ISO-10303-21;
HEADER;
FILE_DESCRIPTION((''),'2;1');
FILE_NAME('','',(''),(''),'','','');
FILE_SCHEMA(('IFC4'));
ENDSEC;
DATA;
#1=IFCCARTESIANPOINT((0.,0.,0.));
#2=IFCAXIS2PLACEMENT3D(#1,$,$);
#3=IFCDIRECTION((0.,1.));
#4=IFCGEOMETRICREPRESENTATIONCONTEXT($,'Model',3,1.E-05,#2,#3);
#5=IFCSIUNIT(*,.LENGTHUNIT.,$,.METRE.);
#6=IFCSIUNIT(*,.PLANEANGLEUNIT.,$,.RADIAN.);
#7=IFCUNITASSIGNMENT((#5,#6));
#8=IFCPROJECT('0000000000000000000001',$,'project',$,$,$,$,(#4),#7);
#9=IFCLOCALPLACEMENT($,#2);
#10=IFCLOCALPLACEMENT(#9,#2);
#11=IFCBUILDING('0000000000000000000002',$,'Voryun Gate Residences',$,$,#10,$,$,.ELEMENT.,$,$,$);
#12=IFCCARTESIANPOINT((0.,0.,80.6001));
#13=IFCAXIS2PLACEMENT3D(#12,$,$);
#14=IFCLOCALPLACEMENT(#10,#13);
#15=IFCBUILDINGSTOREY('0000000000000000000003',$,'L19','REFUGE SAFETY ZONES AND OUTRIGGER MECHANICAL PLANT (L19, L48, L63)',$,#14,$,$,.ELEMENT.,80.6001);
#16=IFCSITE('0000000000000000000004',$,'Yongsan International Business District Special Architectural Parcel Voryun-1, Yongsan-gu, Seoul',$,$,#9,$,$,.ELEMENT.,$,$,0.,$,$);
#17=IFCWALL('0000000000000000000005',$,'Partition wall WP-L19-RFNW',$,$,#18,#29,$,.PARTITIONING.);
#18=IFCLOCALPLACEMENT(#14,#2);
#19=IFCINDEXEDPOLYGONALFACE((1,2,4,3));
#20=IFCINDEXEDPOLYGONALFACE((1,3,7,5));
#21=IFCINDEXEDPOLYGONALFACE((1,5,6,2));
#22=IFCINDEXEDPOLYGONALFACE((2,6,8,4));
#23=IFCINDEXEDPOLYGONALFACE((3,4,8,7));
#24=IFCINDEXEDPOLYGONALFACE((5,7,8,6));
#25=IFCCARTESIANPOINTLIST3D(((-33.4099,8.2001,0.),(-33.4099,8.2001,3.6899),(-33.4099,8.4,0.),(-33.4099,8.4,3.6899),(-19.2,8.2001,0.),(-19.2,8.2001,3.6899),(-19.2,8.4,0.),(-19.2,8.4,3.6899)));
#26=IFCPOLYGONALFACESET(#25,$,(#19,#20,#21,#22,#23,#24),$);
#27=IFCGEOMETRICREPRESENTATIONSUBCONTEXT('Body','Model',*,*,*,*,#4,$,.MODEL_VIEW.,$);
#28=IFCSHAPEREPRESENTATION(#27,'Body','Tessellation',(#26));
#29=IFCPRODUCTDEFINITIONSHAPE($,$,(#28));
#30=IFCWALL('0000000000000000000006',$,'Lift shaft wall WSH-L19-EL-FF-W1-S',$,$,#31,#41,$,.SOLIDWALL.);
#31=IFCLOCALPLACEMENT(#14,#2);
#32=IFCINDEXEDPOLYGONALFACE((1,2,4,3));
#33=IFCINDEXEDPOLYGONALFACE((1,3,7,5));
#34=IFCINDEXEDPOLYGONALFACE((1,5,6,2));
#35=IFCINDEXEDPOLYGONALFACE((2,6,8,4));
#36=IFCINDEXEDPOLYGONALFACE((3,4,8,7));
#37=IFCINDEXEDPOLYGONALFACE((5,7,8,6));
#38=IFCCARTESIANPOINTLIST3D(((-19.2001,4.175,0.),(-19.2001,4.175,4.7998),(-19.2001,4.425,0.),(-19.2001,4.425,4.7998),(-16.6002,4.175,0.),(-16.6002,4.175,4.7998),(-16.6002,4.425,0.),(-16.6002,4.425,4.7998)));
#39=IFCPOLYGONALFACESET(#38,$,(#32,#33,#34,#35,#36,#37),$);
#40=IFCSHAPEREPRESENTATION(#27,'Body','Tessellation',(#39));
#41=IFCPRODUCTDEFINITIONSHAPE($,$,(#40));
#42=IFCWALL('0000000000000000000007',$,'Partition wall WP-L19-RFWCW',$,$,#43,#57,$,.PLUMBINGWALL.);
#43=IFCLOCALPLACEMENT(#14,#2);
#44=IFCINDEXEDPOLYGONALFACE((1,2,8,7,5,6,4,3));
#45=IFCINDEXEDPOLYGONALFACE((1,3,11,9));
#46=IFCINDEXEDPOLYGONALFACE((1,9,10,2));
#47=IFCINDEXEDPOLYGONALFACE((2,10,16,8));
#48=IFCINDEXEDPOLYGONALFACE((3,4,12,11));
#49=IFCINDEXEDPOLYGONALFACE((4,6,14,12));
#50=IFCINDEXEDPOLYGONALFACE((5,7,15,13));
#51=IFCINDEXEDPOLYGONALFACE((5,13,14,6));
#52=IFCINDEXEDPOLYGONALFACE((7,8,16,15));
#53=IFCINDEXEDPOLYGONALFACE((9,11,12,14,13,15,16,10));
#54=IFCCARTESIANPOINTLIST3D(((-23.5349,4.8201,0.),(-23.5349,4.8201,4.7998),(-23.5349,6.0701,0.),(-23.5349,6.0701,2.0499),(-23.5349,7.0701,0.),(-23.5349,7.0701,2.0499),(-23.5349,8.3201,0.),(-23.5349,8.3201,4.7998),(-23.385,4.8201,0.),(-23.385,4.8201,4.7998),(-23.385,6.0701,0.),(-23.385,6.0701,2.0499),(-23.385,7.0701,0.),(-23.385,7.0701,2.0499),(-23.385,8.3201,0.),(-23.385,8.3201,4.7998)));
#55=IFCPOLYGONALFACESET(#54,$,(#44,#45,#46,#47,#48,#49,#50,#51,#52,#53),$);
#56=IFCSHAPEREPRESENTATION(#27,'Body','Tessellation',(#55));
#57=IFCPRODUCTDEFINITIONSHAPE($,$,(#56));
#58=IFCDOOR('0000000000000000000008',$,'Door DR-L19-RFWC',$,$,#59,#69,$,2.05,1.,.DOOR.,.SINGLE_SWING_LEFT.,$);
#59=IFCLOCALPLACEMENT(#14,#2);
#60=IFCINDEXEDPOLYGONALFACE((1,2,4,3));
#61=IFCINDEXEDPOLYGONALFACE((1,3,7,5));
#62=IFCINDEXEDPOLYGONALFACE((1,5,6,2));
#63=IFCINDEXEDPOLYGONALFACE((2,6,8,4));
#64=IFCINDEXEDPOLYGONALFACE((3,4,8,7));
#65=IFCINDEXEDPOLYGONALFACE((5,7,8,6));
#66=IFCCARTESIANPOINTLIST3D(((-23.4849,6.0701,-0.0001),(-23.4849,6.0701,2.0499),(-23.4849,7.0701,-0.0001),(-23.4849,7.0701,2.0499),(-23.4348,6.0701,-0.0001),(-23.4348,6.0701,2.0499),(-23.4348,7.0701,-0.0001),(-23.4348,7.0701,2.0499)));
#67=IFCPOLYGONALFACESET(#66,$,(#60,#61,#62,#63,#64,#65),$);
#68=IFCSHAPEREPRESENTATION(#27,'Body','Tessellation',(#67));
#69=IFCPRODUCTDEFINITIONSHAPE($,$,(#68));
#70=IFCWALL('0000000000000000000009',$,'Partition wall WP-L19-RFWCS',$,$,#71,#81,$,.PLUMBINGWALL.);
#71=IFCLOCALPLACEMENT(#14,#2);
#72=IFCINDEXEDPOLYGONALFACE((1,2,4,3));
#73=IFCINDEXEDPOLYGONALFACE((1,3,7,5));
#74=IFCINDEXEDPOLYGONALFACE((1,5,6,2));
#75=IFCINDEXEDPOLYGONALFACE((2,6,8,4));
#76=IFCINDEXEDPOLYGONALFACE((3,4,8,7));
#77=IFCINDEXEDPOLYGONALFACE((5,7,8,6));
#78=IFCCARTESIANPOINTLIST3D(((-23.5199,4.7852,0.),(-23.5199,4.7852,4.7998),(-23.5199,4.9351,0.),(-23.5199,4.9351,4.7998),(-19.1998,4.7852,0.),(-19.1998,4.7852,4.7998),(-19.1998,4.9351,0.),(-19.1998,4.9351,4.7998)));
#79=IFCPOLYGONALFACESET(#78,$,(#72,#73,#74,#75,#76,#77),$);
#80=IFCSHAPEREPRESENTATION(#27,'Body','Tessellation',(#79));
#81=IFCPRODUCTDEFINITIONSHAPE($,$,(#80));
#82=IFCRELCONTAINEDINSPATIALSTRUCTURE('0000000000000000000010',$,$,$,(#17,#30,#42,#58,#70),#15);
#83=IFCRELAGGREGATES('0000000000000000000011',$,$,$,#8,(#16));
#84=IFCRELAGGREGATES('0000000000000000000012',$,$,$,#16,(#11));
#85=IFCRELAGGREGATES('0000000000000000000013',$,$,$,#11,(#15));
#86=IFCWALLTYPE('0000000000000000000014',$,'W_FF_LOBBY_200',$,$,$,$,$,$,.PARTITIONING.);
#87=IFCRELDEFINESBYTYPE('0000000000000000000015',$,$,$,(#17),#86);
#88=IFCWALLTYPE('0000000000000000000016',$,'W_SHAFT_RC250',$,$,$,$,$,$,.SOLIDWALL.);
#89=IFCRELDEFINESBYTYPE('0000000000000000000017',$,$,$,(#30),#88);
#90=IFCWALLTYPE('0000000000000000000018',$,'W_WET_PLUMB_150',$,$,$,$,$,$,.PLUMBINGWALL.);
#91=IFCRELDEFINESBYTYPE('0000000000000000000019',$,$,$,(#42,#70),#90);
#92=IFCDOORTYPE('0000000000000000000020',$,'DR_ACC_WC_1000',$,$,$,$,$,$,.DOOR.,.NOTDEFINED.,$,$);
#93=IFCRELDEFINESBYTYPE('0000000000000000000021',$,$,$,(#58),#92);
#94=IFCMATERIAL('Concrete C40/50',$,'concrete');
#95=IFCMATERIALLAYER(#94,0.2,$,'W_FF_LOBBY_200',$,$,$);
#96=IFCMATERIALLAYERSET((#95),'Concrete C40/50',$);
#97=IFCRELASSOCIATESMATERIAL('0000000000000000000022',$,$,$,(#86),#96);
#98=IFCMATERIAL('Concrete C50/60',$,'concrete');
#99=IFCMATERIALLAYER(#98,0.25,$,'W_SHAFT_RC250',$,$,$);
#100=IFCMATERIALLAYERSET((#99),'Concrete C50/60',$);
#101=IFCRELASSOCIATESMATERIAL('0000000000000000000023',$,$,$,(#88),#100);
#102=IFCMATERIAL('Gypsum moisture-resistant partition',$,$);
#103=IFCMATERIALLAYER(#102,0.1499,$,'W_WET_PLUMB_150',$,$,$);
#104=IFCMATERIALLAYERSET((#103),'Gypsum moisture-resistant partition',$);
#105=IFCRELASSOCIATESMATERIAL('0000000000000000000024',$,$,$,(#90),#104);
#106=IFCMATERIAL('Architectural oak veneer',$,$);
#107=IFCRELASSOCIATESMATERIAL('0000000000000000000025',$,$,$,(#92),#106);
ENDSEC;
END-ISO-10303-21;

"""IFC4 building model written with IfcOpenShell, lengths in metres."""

from ifc_helpers import new_model, si_unit, direction, frame, frame_2d, origin, place, context, subcontext, project, spatial, rectangle, extrude, material, layer, layer_set, type_object, element, fill, save


model = new_model("IFC4")

# Units and contexts
model_context = context("Model", 3, precision=1e-05, world=origin(), true_north=direction((0.0, 1.0)))
body_context = subcontext(model_context, "Body", "Model", "MODEL_VIEW")
ifc_project = project(units=[si_unit("LENGTHUNIT", "METRE"), si_unit("PLANEANGLEUNIT", "RADIAN")], contexts=[model_context])

# Site, building, storey
site_placement = place(None, origin())
site = spatial("IfcSite", under=ifc_project, at=site_placement, Name="Yongsan International Business District Special Architectural Parcel Voryun-1, Yongsan-gu, Seoul", CompositionType="ELEMENT", RefElevation=0.0)
building_placement = place(site_placement, origin())
building = spatial("IfcBuilding", under=site, at=building_placement, Name="Voryun Gate Residences", CompositionType="ELEMENT")
storey_placement = place(building_placement, frame((0.0, 0.0, 80.6001)))
storey = spatial("IfcBuildingStorey", under=building, at=storey_placement, Name="L19", Description="REFUGE SAFETY ZONES AND OUTRIGGER MECHANICAL PLANT (L19, L48, L63)", CompositionType="ELEMENT", Elevation=80.6001)

# Walls
ifc_material_1 = material(Name="Concrete C40/50", Category="concrete")
ifc_layer_1 = layer(ifc_material_1, 0.2, Name="W_FF_LOBBY_200")
ifc_layer_set_1 = layer_set([ifc_layer_1], Name="Concrete C40/50")
wall_type_1 = type_object("IfcWallType", Name="W_FF_LOBBY_200", PredefinedType="PARTITIONING", material=ifc_layer_set_1)
wall_1_placement = place(storey_placement, frame((-33.4099, 8.3, 0.0), z_axis=(0.0, 0.0, 1.0), x_axis=(1.0, 0.0, 0.0)))
element("IfcWall", 1, at=wall_1_placement, inside=storey, type_object=wall_type_1, Name="Partition wall WP-L19-RFNW", PredefinedType="PARTITIONING", context=body_context, shape_type="SweptSolid", body=[
    extrude(rectangle(XDim=14.21, YDim=0.2, at=frame_2d((7.105, 0.0))), origin(), (0.0, 0.0, 1.0), 3.6899),
])
ifc_material_2 = material(Name="Concrete C50/60", Category="concrete")
ifc_layer_2 = layer(ifc_material_2, 0.25, Name="W_SHAFT_RC250")
ifc_layer_set_2 = layer_set([ifc_layer_2], Name="Concrete C50/60")
wall_type_2 = type_object("IfcWallType", Name="W_SHAFT_RC250", PredefinedType="SOLIDWALL", material=ifc_layer_set_2)
wall_2_placement = place(storey_placement, frame((-19.2, 4.3, 0.0), z_axis=(0.0, 0.0, 1.0), x_axis=(1.0, 0.0, 0.0)))
element("IfcWall", 2, at=wall_2_placement, inside=storey, type_object=wall_type_2, Name="Lift shaft wall WSH-L19-EL-FF-W1-S", PredefinedType="SOLIDWALL", context=body_context, shape_type="SweptSolid", body=[
    extrude(rectangle(XDim=2.5999, YDim=0.25, at=frame_2d((1.2998, 0.0))), origin(), (0.0, 0.0, 1.0), 4.7998),
])

# Wall, opening, door
ifc_material_3 = material(Name="Gypsum moisture-resistant partition")
ifc_layer_3 = layer(ifc_material_3, 0.1499, Name="W_WET_PLUMB_150")
ifc_layer_set_3 = layer_set([ifc_layer_3], Name="Gypsum moisture-resistant partition")
wall_type_3 = type_object("IfcWallType", Name="W_WET_PLUMB_150", PredefinedType="PLUMBINGWALL", material=ifc_layer_set_3)
wall_3_placement = place(storey_placement, frame((-23.46, 4.8201, 0.0), z_axis=(0.0, 0.0, 1.0), x_axis=(0.0, 1.0, 0.0)))
wall_3 = element("IfcWall", 3, at=wall_3_placement, inside=storey, type_object=wall_type_3, Name="Partition wall WP-L19-RFWCW", PredefinedType="PLUMBINGWALL", context=body_context, shape_type="SweptSolid", body=[
    extrude(rectangle(XDim=3.5, YDim=0.1499, at=frame_2d((1.75, 0.0))), origin(), (0.0, 0.0, 1.0), 4.7998),
])
opening_placement = place(wall_3_placement, frame((1.25, 0.0, 0.0)))
opening = element("IfcOpeningElement", 4, at=opening_placement, cuts=wall_3, PredefinedType="OPENING", context=body_context, shape_type="SweptSolid", body=[
    extrude(rectangle(XDim=1.0, YDim=2.05, at=frame_2d((0.5, 1.0249))), frame((0.0, 0.085, 0.0), z_axis=(0.0, -1.0, 0.0), x_axis=(1.0, 0.0, 0.0)), (0.0, 0.0, 1.0), 0.1699),
])
ifc_material_4 = material(Name="Architectural oak veneer")
door_type = type_object("IfcDoorType", Name="DR_ACC_WC_1000", OperationType="NOTDEFINED", PredefinedType="DOOR", material=ifc_material_4)
door_placement = place(opening_placement, origin())
door = element("IfcDoor", 5, at=door_placement, inside=storey, type_object=door_type, Name="Door DR-L19-RFWC", OperationType="SINGLE_SWING_LEFT", OverallHeight=2.05, OverallWidth=1.0, PredefinedType="DOOR", context=body_context, shape_type="SweptSolid", body=[
    extrude(rectangle(XDim=1.0, YDim=2.05, at=frame_2d((0.5, 1.0249))), frame((0.0, 0.0249, 0.0), z_axis=(0.0, -1.0, 0.0), x_axis=(1.0, 0.0, 0.0)), (0.0, 0.0, 1.0), 0.05),
])
fill(opening, door)

# Wall
wall_4_placement = place(storey_placement, frame((-23.52, 4.8601, 0.0), z_axis=(0.0, 0.0, 1.0), x_axis=(1.0, 0.0, 0.0)))
element("IfcWall", 6, at=wall_4_placement, inside=storey, type_object=wall_type_3, Name="Partition wall WP-L19-RFWCS", PredefinedType="PLUMBINGWALL", context=body_context, shape_type="SweptSolid", body=[
    extrude(rectangle(XDim=4.3201, YDim=0.1499, at=frame_2d((2.1602, 0.0))), origin(), (0.0, 0.0, 1.0), 4.7998),
])

save(model, "model.ifc")
